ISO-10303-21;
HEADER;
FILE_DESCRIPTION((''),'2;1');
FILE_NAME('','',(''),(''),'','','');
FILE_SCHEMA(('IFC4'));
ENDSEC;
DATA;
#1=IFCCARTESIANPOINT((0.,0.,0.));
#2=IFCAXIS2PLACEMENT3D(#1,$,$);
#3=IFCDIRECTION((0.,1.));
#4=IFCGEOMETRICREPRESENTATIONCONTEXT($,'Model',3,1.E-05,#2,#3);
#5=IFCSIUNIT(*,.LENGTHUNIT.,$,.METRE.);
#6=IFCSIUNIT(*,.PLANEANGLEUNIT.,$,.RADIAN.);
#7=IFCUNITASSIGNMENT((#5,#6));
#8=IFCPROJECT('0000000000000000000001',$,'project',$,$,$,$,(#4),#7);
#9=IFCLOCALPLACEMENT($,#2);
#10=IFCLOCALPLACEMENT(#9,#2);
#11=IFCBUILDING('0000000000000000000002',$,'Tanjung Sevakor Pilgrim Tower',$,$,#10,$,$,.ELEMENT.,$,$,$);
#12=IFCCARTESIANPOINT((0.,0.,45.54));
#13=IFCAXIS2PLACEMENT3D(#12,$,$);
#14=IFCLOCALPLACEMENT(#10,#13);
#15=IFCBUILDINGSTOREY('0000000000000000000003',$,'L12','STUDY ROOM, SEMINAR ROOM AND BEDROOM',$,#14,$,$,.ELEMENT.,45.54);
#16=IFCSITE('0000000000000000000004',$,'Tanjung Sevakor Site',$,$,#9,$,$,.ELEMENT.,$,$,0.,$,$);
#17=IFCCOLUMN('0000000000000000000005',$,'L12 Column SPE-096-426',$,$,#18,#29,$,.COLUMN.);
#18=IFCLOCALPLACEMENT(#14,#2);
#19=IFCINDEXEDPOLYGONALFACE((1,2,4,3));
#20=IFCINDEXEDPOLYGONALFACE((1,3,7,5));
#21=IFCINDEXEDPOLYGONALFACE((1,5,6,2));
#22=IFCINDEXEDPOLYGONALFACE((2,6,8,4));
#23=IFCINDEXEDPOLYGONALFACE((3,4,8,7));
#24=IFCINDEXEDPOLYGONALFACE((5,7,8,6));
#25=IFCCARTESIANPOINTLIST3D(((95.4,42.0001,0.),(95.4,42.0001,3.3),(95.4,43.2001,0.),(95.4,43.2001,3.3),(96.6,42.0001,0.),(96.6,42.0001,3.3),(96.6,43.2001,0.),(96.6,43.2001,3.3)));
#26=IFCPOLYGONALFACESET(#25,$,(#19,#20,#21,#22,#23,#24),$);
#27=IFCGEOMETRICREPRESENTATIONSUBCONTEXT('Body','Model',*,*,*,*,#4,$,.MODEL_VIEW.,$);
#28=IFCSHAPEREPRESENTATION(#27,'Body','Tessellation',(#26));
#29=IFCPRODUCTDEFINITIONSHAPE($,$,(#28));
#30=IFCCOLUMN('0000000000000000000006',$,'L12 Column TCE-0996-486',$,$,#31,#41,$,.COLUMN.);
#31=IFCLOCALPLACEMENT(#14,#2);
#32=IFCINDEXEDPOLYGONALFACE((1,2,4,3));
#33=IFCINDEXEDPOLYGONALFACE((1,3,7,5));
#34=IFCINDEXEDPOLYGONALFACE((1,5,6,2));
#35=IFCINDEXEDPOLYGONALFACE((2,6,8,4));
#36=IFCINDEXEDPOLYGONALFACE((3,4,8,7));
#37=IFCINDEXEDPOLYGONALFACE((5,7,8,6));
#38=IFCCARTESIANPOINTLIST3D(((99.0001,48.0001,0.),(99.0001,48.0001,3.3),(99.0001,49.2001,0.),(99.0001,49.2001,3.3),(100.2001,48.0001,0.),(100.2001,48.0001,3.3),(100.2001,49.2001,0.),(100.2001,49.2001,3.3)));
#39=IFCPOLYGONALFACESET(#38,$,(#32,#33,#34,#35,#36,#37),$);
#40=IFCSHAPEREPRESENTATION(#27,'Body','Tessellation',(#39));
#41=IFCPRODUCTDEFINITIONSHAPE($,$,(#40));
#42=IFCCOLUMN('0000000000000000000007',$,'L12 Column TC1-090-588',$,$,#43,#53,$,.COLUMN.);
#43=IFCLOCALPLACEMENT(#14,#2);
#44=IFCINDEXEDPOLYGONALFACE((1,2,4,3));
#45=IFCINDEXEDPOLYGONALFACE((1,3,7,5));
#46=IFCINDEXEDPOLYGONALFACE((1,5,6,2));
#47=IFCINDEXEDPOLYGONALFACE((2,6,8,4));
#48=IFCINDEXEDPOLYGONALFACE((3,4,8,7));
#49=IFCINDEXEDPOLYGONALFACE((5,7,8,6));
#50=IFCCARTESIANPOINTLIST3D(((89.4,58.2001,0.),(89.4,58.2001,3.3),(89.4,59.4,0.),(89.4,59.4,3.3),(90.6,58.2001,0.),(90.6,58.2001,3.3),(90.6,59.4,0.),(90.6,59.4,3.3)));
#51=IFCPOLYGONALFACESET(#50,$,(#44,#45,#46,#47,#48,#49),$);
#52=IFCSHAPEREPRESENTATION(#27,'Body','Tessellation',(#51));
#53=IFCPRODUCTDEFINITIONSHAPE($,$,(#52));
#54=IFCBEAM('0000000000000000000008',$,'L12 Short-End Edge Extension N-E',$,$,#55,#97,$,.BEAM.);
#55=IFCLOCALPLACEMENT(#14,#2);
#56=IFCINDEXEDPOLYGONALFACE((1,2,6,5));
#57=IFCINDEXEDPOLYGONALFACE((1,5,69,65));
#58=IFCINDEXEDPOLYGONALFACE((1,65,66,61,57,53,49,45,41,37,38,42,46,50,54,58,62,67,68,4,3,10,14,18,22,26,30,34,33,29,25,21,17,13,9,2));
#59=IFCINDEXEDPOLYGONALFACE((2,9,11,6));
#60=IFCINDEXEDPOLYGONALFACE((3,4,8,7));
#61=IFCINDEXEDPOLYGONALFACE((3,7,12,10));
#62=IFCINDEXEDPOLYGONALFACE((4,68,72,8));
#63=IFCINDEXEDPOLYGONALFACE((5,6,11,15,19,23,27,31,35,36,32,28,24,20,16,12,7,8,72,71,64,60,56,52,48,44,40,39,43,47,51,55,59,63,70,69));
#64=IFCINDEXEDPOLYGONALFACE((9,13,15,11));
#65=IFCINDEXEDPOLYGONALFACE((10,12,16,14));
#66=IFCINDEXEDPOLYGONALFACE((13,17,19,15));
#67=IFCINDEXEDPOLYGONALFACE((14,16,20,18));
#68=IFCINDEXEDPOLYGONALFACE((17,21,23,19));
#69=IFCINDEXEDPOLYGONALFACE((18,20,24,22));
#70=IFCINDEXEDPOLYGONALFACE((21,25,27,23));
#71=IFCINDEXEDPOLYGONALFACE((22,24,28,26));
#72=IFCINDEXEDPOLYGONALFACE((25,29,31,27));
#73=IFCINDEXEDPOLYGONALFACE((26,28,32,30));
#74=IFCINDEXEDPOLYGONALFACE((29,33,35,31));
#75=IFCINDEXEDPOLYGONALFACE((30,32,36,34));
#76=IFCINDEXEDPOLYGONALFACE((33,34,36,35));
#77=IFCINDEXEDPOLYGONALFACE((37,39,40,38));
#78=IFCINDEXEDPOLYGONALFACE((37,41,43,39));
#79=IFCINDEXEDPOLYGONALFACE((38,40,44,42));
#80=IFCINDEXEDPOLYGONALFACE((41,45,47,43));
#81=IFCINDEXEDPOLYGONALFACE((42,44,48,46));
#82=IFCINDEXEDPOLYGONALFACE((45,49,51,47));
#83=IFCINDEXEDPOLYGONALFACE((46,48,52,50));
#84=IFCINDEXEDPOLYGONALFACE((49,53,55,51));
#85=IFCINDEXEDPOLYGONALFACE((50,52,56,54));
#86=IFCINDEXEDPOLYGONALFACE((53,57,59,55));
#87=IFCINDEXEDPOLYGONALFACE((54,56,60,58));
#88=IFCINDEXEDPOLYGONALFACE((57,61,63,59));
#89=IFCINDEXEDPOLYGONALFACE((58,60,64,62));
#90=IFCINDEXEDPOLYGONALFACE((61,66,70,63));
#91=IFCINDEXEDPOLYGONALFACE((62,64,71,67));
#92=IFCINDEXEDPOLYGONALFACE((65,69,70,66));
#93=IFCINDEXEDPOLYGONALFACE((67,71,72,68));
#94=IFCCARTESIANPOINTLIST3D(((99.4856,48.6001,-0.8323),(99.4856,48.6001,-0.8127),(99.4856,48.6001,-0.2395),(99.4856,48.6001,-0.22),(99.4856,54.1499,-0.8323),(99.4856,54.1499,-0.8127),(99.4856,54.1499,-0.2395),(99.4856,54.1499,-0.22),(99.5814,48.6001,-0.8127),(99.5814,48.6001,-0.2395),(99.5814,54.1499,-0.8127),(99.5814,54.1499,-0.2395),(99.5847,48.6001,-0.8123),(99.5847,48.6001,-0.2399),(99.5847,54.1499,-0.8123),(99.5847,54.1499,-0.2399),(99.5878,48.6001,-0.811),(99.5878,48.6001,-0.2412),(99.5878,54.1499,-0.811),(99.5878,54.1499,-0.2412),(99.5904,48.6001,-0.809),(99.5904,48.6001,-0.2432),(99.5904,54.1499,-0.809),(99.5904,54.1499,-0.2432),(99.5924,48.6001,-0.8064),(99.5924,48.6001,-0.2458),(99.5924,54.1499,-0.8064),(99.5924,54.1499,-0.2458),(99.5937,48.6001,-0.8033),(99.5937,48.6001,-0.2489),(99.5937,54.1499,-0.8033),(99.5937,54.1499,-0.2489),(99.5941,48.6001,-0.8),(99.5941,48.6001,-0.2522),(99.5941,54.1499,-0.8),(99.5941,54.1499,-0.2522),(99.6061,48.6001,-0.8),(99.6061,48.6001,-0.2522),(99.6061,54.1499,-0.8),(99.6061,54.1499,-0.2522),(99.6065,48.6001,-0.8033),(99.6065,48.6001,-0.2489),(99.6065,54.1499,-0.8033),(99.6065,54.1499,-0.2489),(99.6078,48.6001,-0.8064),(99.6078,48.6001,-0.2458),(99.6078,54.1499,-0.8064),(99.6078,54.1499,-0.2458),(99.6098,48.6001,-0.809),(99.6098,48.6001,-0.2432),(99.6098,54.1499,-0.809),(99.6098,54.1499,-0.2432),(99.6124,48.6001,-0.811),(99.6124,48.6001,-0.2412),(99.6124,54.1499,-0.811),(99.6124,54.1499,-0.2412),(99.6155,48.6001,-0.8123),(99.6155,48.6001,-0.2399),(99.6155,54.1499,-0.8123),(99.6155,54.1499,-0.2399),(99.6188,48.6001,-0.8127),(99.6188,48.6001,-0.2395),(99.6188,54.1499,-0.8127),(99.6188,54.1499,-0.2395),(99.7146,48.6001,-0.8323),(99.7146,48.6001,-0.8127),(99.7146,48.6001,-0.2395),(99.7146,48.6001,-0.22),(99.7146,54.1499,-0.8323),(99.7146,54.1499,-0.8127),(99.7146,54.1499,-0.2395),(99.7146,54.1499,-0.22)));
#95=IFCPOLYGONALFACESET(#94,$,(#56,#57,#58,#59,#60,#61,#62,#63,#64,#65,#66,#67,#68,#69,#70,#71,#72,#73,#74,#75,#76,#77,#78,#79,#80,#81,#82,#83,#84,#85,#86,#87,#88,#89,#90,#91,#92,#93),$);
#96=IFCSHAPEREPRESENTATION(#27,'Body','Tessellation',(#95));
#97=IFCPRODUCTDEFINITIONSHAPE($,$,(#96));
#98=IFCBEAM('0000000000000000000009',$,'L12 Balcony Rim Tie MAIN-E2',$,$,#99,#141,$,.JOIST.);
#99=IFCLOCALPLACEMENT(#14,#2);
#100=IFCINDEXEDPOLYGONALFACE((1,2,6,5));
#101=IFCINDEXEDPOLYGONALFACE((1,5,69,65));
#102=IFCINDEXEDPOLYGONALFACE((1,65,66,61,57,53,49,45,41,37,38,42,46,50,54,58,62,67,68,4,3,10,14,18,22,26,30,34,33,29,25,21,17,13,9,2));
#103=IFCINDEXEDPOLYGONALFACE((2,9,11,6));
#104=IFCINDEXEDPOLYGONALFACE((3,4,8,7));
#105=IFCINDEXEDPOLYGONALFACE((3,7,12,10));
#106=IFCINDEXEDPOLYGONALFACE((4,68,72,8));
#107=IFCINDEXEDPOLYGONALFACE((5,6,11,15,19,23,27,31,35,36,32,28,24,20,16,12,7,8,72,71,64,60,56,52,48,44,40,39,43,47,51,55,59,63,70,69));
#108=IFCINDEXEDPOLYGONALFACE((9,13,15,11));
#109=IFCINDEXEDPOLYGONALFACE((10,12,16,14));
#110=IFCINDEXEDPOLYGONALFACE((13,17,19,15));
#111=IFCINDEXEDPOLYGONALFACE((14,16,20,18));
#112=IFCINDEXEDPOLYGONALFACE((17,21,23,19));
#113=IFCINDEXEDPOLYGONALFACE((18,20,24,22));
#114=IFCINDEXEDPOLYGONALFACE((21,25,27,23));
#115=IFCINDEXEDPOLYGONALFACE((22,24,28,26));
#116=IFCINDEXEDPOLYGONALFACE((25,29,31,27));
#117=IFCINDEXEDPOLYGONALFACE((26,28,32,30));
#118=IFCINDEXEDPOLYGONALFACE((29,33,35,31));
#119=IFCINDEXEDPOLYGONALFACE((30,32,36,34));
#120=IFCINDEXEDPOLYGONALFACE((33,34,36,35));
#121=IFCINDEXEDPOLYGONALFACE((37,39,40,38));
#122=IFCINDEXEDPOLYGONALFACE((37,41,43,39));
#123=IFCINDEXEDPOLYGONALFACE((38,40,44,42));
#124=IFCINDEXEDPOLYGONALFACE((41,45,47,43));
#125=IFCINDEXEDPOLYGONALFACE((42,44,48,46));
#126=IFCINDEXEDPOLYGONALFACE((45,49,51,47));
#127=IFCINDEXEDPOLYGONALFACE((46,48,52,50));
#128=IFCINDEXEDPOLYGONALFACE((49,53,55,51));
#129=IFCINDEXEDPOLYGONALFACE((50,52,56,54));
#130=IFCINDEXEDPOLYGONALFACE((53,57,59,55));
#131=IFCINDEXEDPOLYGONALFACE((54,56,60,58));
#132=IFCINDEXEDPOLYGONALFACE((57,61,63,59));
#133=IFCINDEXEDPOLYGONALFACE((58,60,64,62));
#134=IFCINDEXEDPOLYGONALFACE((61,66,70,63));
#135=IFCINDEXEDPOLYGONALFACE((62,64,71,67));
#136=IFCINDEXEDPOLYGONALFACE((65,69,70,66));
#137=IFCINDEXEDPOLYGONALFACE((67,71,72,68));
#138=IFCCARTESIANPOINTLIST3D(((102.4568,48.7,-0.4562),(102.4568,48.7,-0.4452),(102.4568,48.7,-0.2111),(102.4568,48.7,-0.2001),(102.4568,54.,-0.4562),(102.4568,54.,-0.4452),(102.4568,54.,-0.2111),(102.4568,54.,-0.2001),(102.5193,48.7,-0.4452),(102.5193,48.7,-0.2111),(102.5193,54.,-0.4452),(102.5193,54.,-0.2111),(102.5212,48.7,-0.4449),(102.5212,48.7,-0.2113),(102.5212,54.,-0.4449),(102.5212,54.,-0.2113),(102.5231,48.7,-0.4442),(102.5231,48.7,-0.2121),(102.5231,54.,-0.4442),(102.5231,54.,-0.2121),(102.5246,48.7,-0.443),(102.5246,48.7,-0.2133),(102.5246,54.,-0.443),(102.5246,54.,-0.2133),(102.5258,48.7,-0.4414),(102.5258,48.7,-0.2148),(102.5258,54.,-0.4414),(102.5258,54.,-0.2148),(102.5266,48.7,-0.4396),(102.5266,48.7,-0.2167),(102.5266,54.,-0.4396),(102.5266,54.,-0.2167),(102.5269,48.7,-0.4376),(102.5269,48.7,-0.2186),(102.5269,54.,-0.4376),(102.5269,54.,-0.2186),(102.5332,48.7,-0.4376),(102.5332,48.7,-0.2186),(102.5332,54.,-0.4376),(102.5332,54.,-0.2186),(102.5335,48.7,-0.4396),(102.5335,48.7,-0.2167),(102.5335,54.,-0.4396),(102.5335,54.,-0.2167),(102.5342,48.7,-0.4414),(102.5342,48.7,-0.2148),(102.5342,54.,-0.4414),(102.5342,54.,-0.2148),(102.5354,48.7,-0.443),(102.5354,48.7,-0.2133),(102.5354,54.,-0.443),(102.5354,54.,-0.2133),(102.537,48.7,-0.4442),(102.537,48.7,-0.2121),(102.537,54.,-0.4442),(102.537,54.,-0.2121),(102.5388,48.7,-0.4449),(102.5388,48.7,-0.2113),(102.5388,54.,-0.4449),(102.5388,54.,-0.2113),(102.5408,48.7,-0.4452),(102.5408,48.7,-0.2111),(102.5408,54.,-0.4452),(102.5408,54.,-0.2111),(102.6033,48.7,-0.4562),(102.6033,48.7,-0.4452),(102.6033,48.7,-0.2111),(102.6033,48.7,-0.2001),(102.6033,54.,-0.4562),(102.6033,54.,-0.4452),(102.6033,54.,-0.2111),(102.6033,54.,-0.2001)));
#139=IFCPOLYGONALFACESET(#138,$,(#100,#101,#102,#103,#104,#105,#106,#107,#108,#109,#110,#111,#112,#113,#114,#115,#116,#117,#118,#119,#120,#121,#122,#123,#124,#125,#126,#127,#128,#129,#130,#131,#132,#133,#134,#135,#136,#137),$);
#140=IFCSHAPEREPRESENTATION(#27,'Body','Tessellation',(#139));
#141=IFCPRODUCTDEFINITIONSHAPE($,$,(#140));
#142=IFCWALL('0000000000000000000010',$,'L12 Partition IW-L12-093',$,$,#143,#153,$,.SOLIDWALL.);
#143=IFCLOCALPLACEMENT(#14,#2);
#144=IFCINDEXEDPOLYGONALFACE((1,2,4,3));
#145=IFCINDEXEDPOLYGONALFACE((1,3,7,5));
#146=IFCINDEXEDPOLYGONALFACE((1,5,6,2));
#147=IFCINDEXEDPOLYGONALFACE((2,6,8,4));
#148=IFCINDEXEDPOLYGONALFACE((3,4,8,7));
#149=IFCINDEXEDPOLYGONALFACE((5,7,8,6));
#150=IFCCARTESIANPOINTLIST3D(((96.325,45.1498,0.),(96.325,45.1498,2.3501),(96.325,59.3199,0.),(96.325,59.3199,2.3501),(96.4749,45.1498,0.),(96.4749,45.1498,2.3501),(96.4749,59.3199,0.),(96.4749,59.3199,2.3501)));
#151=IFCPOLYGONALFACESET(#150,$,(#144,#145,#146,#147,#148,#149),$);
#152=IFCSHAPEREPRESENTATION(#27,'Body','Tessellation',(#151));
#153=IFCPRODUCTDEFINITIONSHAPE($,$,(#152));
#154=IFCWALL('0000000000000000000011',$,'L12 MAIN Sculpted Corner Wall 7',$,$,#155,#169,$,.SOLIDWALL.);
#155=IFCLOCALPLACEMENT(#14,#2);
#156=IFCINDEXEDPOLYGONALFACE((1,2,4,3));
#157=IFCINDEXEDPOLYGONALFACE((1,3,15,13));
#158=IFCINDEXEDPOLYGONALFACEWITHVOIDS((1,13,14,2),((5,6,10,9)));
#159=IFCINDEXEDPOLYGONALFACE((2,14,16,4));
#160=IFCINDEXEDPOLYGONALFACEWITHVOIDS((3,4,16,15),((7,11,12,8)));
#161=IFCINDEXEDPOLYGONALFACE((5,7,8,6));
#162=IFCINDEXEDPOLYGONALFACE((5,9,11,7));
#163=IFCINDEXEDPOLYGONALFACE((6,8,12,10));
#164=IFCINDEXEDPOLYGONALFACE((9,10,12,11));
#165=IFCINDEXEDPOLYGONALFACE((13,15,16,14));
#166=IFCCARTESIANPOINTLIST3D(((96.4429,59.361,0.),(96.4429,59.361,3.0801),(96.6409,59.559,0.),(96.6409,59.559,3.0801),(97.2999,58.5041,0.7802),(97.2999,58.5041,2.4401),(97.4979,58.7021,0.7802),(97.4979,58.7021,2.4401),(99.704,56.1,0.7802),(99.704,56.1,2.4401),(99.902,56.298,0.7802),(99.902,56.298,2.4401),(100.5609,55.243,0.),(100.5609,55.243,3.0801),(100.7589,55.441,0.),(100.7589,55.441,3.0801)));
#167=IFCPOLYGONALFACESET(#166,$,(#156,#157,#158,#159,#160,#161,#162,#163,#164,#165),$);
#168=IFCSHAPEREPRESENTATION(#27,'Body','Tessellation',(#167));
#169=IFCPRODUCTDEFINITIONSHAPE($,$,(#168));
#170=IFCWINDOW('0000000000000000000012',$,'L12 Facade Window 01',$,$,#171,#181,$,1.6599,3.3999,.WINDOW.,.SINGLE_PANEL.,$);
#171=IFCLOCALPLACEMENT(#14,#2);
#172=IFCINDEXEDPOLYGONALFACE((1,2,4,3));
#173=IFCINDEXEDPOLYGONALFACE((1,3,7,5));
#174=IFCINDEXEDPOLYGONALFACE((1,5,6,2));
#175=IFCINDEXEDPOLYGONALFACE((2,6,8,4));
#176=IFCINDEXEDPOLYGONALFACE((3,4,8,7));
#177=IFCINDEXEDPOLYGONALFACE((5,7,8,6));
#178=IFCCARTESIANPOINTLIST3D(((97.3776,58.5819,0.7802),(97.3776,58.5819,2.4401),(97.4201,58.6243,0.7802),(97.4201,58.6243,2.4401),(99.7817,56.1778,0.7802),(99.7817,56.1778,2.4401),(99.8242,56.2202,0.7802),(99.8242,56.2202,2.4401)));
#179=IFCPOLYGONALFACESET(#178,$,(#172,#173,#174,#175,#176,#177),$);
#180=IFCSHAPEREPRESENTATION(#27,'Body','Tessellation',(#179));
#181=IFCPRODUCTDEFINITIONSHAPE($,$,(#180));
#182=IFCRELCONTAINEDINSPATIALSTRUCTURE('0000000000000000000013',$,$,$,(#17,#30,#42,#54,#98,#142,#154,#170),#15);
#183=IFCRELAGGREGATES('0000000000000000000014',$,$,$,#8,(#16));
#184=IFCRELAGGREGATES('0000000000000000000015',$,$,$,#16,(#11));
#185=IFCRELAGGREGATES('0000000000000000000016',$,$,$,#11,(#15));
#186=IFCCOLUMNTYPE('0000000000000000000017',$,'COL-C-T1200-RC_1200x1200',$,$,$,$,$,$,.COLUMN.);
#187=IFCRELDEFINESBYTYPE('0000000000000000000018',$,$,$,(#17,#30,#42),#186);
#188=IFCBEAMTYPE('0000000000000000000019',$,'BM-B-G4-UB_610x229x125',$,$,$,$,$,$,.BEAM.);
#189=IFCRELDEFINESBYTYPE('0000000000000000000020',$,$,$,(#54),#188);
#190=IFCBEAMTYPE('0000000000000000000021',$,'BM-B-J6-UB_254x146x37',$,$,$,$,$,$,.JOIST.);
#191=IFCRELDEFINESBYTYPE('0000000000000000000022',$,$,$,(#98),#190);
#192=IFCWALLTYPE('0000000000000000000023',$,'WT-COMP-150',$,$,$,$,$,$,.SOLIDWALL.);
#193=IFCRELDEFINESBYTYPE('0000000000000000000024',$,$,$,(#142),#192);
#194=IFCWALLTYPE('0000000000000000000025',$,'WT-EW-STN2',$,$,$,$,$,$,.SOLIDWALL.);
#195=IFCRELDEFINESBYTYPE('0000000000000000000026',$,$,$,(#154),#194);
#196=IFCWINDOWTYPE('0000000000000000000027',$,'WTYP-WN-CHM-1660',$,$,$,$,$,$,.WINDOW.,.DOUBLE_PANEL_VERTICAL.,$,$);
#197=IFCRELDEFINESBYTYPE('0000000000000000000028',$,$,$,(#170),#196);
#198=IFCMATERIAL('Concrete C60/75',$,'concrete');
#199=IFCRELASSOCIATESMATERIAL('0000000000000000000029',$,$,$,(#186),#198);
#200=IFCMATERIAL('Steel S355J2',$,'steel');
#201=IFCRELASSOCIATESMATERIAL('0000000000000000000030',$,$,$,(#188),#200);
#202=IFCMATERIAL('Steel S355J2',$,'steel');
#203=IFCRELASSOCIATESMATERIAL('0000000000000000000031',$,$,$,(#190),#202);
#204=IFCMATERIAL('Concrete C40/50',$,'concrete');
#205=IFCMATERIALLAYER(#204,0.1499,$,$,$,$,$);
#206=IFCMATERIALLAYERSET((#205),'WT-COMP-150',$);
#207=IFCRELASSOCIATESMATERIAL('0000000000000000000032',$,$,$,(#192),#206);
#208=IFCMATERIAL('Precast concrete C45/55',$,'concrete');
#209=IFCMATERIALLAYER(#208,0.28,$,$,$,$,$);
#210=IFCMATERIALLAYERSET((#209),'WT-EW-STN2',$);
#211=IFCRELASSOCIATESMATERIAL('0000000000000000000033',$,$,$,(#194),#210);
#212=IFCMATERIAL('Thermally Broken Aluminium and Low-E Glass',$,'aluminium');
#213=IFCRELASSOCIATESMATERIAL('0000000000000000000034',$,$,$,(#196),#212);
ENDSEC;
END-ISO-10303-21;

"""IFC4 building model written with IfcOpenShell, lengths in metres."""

from ifc_helpers import new_model, si_unit, direction, frame, frame_2d, origin, origin_2d, place, context, subcontext, project, spatial, rectangle, i_section, extrude, material, layer, layer_set, material_profile, profile_set, type_object, element, fill, save


model = new_model("IFC4")

# Units and contexts
model_context = context("Model", 3, precision=1e-05, world=origin(), true_north=direction((0.0, 1.0)))
body_context = subcontext(model_context, "Body", "Model", "MODEL_VIEW")
ifc_project = project(units=[si_unit("LENGTHUNIT", "METRE"), si_unit("PLANEANGLEUNIT", "RADIAN")], contexts=[model_context])

# Site, building, storey
site_placement = place(None, origin())
site = spatial("IfcSite", under=ifc_project, at=site_placement, Name="Tanjung Sevakor Site", CompositionType="ELEMENT", RefElevation=0.0)
building_placement = place(site_placement, origin())
building = spatial("IfcBuilding", under=site, at=building_placement, Name="Tanjung Sevakor Pilgrim Tower", CompositionType="ELEMENT")
storey_placement = place(building_placement, frame((0.0, 0.0, 45.54)))
storey = spatial("IfcBuildingStorey", under=building, at=storey_placement, Name="L12", Description="STUDY ROOM, SEMINAR ROOM AND BEDROOM", CompositionType="ELEMENT", Elevation=45.54)

# Columns
ifc_material_1 = material(Name="Concrete C60/75", Category="concrete")
ifc_material_profile_1 = material_profile(ifc_material_1, rectangle(XDim=1.2, YDim=1.2, at=origin_2d()))
ifc_profile_set_1 = profile_set([ifc_material_profile_1], Name="Concrete C60/75")
column_type = type_object("IfcColumnType", Name="COL-C-T1200-RC_1200x1200", PredefinedType="COLUMN", material=ifc_profile_set_1)
for number, where, z_axis, x_axis, name in (
    (1, (96.0, 42.6001, 0.0), (0.0, 0.0, 1.0), (1.0, 0.0, 0.0), "L12 Column SPE-096-426"),
    (2, (99.6001, 48.6001, 0.0), (0.0, 0.0, 1.0), (1.0, 0.0, 0.0), "L12 Column TCE-0996-486"),
    (3, (90.0, 58.8, 0.0), (0.0, 0.0, 1.0), (1.0, 0.0, 0.0), "L12 Column TC1-090-588"),
):
    element("IfcColumn", number, at=place(storey_placement, frame(where, z_axis=z_axis, x_axis=x_axis)), inside=storey, type_object=column_type, Name=name, PredefinedType="COLUMN", context=body_context, shape_type="SweptSolid", body=[
        extrude(rectangle(XDim=1.2, YDim=1.2, at=origin_2d()), origin(), (0.0, 0.0, 1.0), 3.3),
    ])

# Beams
ifc_material_2 = material(Name="Steel S355J2", Category="steel")
ifc_material_profile_2 = material_profile(ifc_material_2, i_section(OverallWidth=0.229, OverallDepth=0.6123, WebThickness=0.012, FlangeThickness=0.0195, FilletRadius=0.0127, at=origin_2d()))
ifc_profile_set_2 = profile_set([ifc_material_profile_2], Name="Steel S355J2")
beam_type_1 = type_object("IfcBeamType", Name="BM-B-G4-UB_610x229x125", PredefinedType="BEAM", material=ifc_profile_set_2)
beam_1_placement = place(storey_placement, frame((99.6001, 48.6001, -0.5261), z_axis=(0.0, 1.0, 0.0), x_axis=(-1.0, 0.0, 0.0)))
element("IfcBeam", 4, at=beam_1_placement, inside=storey, type_object=beam_type_1, Name="L12 Short-End Edge Extension N-E", PredefinedType="BEAM", context=body_context, shape_type="SweptSolid", body=[
    extrude(i_section(OverallWidth=0.229, OverallDepth=0.6123, WebThickness=0.012, FlangeThickness=0.0195, FilletRadius=0.0127, at=origin_2d()), origin(), (0.0, 0.0, 1.0), 5.5498),
])
ifc_material_3 = material(Name="Steel S355J2", Category="steel")
ifc_material_profile_3 = material_profile(ifc_material_3, i_section(OverallWidth=0.1465, OverallDepth=0.2561, WebThickness=0.0063, FlangeThickness=0.011, FilletRadius=0.0076, at=origin_2d()))
ifc_profile_set_3 = profile_set([ifc_material_profile_3], Name="Steel S355J2")
beam_type_2 = type_object("IfcBeamType", Name="BM-B-J6-UB_254x146x37", PredefinedType="JOIST", material=ifc_profile_set_3)
beam_2_placement = place(storey_placement, frame((102.53, 48.7, -0.3281), z_axis=(0.0, 1.0, 0.0), x_axis=(-1.0, 0.0, 0.0)))
element("IfcBeam", 5, at=beam_2_placement, inside=storey, type_object=beam_type_2, Name="L12 Balcony Rim Tie MAIN-E2", PredefinedType="JOIST", context=body_context, shape_type="SweptSolid", body=[
    extrude(i_section(OverallWidth=0.1465, OverallDepth=0.2561, WebThickness=0.0063, FlangeThickness=0.011, FilletRadius=0.0076, at=origin_2d()), origin(), (0.0, 0.0, 1.0), 5.3),
])

# Wall
ifc_material_4 = material(Name="Concrete C40/50", Category="concrete")
ifc_layer_1 = layer(ifc_material_4, 0.1499)
ifc_layer_set_1 = layer_set([ifc_layer_1], Name="WT-COMP-150")
wall_type_1 = type_object("IfcWallType", Name="WT-COMP-150", PredefinedType="SOLIDWALL", material=ifc_layer_set_1)
wall_1_placement = place(storey_placement, frame((96.3999, 45.1499, 0.0), z_axis=(0.0, 0.0, 1.0), x_axis=(0.0, 1.0, 0.0)))
element("IfcWall", 6, at=wall_1_placement, inside=storey, type_object=wall_type_1, Name="L12 Partition IW-L12-093", PredefinedType="SOLIDWALL", context=body_context, shape_type="SweptSolid", body=[
    extrude(rectangle(XDim=14.1702, YDim=0.1499, at=frame_2d((7.085, 0.0))), origin(), (0.0, 0.0, 1.0), 2.3501),
])

# Wall, opening, window
ifc_material_5 = material(Name="Precast concrete C45/55", Category="concrete")
ifc_layer_2 = layer(ifc_material_5, 0.28)
ifc_layer_set_2 = layer_set([ifc_layer_2], Name="WT-EW-STN2")
wall_type_2 = type_object("IfcWallType", Name="WT-EW-STN2", PredefinedType="SOLIDWALL", material=ifc_layer_set_2)
wall_2_placement = place(storey_placement, frame((100.6599, 55.342, 0.0), z_axis=(0.0, 0.0, 1.0), x_axis=(-0.707107, 0.707107, 0.0)))
wall_2 = element("IfcWall", 7, at=wall_2_placement, inside=storey, type_object=wall_type_2, Name="L12 MAIN Sculpted Corner Wall 7", PredefinedType="SOLIDWALL", context=body_context, shape_type="SweptSolid", body=[
    extrude(rectangle(XDim=5.8237, YDim=0.28, at=frame_2d((2.9119, 0.0))), origin(), (0.0, 0.0, 1.0), 3.0801),
])
opening_1_placement = place(wall_2_placement, frame((1.2119, 0.0, 0.78)))
opening_1 = element("IfcOpeningElement", 8, at=opening_1_placement, cuts=wall_2, PredefinedType="OPENING", context=body_context, shape_type="SweptSolid", body=[
    extrude(rectangle(XDim=3.3999, YDim=1.6599, at=frame_2d((1.7, 0.8301))), frame((0.0, 0.1499, 0.0), z_axis=(0.0, -1.0, 0.0), x_axis=(1.0, 0.0, 0.0)), (0.0, 0.0, 1.0), 0.3),
])
ifc_material_6 = material(Name="Thermally Broken Aluminium and Low-E Glass", Category="aluminium")
window_type_1 = type_object("IfcWindowType", Name="WTYP-WN-CHM-1660", PartitioningType="DOUBLE_PANEL_VERTICAL", PredefinedType="WINDOW", material=ifc_material_6)
window_1_placement = place(opening_1_placement, origin())
window_1 = element("IfcWindow", 9, at=window_1_placement, inside=storey, type_object=window_type_1, Name="L12 Facade Window 01", OverallHeight=1.6599, OverallWidth=3.3999, PartitioningType="SINGLE_PANEL", PredefinedType="WINDOW", context=body_context, shape_type="SweptSolid", body=[
    extrude(rectangle(XDim=3.3999, YDim=1.6599, at=frame_2d((1.7, 0.8301))), frame((0.0, 0.03, 0.0), z_axis=(0.0, -1.0, 0.0), x_axis=(1.0, 0.0, 0.0)), (0.0, 0.0, 1.0), 0.0601),
])
fill(opening_1, window_1)

save(model, "model.ifc")
